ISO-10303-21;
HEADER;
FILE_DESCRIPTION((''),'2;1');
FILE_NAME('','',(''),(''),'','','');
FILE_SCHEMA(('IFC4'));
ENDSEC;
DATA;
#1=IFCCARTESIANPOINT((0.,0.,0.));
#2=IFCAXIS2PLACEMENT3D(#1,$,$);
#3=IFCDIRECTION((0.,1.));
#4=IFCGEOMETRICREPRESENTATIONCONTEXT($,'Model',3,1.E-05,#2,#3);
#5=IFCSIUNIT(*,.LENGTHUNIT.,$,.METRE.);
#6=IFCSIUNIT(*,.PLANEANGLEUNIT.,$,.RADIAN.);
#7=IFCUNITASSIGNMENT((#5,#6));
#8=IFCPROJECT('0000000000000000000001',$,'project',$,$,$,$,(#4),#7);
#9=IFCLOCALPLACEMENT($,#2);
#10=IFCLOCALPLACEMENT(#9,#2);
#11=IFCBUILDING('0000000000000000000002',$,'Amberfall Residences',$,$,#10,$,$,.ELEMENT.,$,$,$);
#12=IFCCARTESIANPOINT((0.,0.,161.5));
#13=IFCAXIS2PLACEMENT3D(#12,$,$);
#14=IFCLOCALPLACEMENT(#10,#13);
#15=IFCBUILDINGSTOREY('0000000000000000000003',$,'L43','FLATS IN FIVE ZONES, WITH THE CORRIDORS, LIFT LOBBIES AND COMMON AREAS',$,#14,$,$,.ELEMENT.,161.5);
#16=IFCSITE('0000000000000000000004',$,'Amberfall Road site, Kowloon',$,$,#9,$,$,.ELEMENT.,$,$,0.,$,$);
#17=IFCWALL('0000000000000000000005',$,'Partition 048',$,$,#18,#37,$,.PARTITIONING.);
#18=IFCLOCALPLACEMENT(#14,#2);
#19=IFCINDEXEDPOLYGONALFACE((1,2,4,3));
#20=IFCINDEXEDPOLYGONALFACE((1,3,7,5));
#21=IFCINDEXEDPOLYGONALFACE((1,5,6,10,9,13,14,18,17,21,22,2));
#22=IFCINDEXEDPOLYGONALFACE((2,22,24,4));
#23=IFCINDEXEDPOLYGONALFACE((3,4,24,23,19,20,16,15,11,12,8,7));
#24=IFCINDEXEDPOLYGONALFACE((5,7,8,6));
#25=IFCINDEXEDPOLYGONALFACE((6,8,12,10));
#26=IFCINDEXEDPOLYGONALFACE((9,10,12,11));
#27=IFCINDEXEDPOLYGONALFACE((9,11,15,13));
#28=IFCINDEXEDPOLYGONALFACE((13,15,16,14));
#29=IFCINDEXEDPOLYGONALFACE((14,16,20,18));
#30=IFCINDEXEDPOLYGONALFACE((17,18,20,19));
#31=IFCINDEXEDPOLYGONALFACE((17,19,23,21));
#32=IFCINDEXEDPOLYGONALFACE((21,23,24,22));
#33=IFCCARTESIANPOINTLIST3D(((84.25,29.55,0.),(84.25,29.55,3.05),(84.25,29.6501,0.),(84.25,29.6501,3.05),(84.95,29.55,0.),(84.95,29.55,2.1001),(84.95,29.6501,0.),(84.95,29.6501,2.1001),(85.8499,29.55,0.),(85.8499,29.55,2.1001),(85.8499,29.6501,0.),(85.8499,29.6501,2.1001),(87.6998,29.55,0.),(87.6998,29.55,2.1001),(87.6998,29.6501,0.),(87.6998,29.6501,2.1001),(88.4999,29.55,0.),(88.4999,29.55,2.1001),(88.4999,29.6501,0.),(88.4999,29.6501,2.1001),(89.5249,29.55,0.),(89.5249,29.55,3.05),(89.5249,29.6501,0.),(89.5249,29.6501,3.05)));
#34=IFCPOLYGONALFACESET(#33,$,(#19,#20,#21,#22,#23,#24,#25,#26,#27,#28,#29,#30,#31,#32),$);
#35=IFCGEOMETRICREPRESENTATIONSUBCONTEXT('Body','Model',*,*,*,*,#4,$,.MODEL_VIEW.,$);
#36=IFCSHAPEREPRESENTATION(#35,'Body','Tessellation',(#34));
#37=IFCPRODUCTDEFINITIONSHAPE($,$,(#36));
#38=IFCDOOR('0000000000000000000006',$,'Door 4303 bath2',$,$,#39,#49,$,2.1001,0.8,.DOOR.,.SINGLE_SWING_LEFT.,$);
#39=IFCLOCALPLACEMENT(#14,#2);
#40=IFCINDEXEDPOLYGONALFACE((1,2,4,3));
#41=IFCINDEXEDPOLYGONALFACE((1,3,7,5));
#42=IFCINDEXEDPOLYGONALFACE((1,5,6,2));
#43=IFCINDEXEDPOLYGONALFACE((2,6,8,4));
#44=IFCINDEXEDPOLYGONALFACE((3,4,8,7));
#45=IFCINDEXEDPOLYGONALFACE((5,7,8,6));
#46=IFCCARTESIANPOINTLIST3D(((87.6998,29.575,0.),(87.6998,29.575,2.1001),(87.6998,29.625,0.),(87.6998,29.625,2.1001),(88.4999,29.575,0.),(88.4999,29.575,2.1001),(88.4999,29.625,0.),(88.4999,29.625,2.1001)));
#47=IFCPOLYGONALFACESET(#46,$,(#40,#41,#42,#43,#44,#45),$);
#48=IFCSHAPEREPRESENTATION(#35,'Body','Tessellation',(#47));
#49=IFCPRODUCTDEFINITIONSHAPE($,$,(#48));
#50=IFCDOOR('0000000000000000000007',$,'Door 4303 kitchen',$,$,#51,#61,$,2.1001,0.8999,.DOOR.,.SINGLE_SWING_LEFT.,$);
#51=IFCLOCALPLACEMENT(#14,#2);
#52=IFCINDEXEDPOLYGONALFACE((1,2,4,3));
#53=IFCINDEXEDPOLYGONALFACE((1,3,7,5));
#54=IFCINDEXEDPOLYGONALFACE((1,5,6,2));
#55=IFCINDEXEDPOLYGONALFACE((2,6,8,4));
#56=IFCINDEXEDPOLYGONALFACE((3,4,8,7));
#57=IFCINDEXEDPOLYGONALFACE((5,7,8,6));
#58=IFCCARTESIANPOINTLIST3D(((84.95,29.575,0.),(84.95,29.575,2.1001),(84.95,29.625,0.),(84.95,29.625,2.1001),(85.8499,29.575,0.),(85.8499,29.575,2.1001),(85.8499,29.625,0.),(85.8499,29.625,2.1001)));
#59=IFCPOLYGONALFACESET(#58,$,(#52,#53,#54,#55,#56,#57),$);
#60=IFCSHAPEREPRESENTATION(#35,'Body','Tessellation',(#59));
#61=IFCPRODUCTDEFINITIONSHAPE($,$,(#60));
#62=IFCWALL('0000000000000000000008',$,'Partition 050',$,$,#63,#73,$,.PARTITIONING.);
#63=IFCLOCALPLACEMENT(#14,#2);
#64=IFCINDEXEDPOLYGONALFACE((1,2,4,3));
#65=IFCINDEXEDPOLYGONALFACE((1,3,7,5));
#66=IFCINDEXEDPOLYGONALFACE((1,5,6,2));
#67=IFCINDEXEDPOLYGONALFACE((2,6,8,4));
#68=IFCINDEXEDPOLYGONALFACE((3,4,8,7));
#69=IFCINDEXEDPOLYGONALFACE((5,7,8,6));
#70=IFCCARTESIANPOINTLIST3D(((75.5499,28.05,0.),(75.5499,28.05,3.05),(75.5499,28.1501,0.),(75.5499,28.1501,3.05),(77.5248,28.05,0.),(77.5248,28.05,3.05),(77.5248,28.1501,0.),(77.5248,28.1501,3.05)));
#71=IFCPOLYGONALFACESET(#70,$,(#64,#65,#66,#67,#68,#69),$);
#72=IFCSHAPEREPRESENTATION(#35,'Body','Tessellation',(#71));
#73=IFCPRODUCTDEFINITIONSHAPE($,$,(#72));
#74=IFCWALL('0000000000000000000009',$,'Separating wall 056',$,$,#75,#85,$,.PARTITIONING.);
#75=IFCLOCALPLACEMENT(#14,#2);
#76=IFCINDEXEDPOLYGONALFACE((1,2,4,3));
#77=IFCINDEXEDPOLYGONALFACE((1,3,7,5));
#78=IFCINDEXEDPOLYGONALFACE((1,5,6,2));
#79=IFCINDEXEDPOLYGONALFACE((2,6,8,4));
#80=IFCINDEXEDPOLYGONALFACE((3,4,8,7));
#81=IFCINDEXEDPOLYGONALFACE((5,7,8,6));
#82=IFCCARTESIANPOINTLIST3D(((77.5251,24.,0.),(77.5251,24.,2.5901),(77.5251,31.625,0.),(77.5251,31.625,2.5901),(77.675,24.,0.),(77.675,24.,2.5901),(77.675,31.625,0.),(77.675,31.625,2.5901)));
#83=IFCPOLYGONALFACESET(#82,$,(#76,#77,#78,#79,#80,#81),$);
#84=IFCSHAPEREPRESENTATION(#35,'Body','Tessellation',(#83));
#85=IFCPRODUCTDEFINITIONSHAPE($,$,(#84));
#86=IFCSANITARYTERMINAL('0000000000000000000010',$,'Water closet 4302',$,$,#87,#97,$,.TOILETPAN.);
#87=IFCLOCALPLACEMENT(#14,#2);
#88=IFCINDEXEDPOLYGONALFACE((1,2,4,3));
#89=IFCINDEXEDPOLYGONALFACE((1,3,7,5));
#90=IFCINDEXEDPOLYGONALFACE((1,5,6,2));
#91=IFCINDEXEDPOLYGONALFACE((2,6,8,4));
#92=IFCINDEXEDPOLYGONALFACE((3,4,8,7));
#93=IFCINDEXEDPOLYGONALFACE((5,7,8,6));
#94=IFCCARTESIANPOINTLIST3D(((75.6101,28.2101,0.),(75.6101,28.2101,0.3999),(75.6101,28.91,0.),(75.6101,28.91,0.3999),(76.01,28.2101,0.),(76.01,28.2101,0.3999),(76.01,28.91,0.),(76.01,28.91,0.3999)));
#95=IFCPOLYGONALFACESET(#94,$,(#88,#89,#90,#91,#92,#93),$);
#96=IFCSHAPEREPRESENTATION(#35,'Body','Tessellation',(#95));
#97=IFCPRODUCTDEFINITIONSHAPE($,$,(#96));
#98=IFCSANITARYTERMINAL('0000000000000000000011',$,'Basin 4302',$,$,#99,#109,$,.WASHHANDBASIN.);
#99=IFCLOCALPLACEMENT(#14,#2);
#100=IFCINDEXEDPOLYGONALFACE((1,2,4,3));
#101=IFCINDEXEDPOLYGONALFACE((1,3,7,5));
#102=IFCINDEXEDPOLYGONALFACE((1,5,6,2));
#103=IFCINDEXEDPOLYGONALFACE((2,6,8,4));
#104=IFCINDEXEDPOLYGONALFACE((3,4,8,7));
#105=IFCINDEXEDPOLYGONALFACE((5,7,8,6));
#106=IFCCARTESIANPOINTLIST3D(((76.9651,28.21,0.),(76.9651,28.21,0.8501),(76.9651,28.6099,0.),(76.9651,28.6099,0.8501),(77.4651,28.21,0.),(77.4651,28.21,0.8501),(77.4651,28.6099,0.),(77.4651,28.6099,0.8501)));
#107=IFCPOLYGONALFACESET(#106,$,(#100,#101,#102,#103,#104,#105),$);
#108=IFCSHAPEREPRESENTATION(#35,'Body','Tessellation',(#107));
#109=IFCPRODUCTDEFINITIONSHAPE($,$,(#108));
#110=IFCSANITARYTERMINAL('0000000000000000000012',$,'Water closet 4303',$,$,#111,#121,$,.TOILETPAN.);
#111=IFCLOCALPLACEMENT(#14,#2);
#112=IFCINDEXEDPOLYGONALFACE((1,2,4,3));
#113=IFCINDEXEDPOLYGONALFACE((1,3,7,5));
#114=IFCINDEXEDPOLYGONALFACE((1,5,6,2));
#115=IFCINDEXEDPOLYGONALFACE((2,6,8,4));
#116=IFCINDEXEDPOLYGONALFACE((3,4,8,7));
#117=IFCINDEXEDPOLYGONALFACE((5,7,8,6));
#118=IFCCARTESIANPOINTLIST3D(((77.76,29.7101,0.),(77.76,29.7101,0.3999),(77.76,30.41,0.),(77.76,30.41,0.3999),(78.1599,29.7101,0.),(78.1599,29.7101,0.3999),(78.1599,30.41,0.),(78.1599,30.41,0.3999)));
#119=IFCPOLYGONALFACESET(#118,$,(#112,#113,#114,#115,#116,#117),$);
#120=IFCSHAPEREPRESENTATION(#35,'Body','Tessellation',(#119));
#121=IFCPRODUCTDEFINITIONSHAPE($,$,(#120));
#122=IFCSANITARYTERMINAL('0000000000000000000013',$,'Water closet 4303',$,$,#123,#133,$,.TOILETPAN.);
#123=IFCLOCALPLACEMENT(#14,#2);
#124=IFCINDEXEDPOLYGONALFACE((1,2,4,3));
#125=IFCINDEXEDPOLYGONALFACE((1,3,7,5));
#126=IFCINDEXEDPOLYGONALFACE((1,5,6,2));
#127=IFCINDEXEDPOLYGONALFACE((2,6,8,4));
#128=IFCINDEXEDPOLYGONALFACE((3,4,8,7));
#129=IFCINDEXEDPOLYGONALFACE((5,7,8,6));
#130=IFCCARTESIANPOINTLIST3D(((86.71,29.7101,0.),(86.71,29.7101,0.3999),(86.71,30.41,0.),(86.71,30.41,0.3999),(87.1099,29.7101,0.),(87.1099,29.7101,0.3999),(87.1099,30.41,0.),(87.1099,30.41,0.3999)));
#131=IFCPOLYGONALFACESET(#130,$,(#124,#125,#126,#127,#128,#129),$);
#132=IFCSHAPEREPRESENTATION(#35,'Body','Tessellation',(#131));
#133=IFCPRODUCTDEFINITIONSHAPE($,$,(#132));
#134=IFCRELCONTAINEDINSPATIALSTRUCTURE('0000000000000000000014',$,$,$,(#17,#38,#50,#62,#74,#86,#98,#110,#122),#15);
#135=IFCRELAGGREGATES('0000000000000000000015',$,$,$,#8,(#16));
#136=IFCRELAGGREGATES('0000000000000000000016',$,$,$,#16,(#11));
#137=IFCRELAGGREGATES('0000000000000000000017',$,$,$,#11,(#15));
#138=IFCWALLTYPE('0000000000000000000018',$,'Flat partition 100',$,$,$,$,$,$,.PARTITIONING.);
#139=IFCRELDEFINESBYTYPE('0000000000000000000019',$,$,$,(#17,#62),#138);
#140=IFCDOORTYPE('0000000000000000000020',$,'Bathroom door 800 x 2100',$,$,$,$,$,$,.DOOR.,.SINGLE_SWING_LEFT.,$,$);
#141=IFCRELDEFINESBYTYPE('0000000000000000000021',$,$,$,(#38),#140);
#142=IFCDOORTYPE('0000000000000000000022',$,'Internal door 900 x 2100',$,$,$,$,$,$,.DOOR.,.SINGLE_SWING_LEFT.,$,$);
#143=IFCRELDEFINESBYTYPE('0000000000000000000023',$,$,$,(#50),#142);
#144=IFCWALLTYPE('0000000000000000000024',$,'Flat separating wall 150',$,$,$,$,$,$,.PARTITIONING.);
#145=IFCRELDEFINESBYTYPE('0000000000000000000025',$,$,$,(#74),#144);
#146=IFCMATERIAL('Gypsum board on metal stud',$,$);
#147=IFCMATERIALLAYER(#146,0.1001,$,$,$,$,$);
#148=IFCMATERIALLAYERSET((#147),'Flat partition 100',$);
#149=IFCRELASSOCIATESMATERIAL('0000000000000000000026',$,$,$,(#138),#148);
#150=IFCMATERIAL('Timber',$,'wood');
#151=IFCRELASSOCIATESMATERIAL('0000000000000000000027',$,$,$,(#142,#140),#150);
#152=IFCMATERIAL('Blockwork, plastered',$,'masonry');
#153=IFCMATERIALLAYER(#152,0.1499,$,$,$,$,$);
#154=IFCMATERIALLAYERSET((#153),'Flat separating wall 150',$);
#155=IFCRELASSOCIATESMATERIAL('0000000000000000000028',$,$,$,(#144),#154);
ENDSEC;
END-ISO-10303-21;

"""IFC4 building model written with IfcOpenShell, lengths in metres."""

from ifc_helpers import new_model, si_unit, direction, frame, frame_2d, origin, origin_2d, place, context, subcontext, project, spatial, rectangle, extrude, material, layer, layer_set, type_object, element, fill, save


model = new_model("IFC4")

# Units and contexts
model_context = context("Model", 3, precision=1e-05, world=origin(), true_north=direction((0.0, 1.0)))
body_context = subcontext(model_context, "Body", "Model", "MODEL_VIEW")
ifc_project = project(units=[si_unit("LENGTHUNIT", "METRE"), si_unit("PLANEANGLEUNIT", "RADIAN")], contexts=[model_context])

# Site, building, storey
site_placement = place(None, origin())
site = spatial("IfcSite", under=ifc_project, at=site_placement, Name="Amberfall Road site, Kowloon", CompositionType="ELEMENT", RefElevation=0.0)
building_placement = place(site_placement, origin())
building = spatial("IfcBuilding", under=site, at=building_placement, Name="Amberfall Residences", CompositionType="ELEMENT")
storey_placement = place(building_placement, frame((0.0, 0.0, 161.5)))
storey = spatial("IfcBuildingStorey", under=building, at=storey_placement, Name="L43", Description="FLATS IN FIVE ZONES, WITH THE CORRIDORS, LIFT LOBBIES AND COMMON AREAS", CompositionType="ELEMENT", Elevation=161.5)

# Shared definitions
ifc_material_1 = material(Name="Gypsum board on metal stud")
ifc_layer_1 = layer(ifc_material_1, 0.1001)
ifc_layer_set_1 = layer_set([ifc_layer_1], Name="Flat partition 100")
wall_type_1 = type_object("IfcWallType", Name="Flat partition 100", PredefinedType="PARTITIONING", material=ifc_layer_set_1)
ifc_material_2 = material(Name="Timber", Category="wood")
door_type_1 = type_object("IfcDoorType", Name="Internal door 900 x 2100", OperationType="SINGLE_SWING_LEFT", PredefinedType="DOOR", material=ifc_material_2)

# Shared definitions
door_type_2 = type_object("IfcDoorType", Name="Bathroom door 800 x 2100", OperationType="SINGLE_SWING_LEFT", PredefinedType="DOOR", material=ifc_material_2)

# Wall, openings, doors
wall_1_placement = place(storey_placement, frame((84.25, 29.6001, 0.0), z_axis=(0.0, 0.0, 1.0), x_axis=(1.0, 0.0, 0.0)))
wall_1 = element("IfcWall", 1, at=wall_1_placement, inside=storey, type_object=wall_type_1, Name="Partition 048", PredefinedType="PARTITIONING", context=body_context, shape_type="SweptSolid", body=[
    extrude(rectangle(XDim=5.2749, YDim=0.1001, at=frame_2d((2.6375, 0.0))), origin(), (0.0, 0.0, 1.0), 3.05),
])
opening_1_placement = place(wall_1_placement, frame((0.7, 0.0, 0.0)))
opening_1 = element("IfcOpeningElement", 2, at=opening_1_placement, cuts=wall_1, PredefinedType="OPENING", context=body_context, shape_type="SweptSolid", body=[
    extrude(rectangle(XDim=0.8999, YDim=2.1001, at=frame_2d((0.45, 1.05))), frame((0.0, 0.0601, 0.0), z_axis=(0.0, -1.0, 0.0), x_axis=(1.0, 0.0, 0.0)), (0.0, 0.0, 1.0), 0.1201),
])
opening_2_placement = place(wall_1_placement, frame((3.45, 0.0, 0.0)))
opening_2 = element("IfcOpeningElement", 3, at=opening_2_placement, cuts=wall_1, PredefinedType="OPENING", context=body_context, shape_type="SweptSolid", body=[
    extrude(rectangle(XDim=0.8, YDim=2.1001, at=frame_2d((0.3999, 1.05))), frame((0.0, 0.0601, 0.0), z_axis=(0.0, -1.0, 0.0), x_axis=(1.0, 0.0, 0.0)), (0.0, 0.0, 1.0), 0.1201),
])
door_1_placement = place(opening_2_placement, origin())
door_1 = element("IfcDoor", 4, at=door_1_placement, inside=storey, type_object=door_type_2, Name="Door 4303 bath2", OperationType="SINGLE_SWING_LEFT", OverallHeight=2.1001, OverallWidth=0.8, PredefinedType="DOOR", context=body_context, shape_type="SweptSolid", body=[
    extrude(rectangle(XDim=0.8, YDim=2.1001, at=frame_2d((0.3999, 1.05))), frame((0.0, 0.0249, 0.0), z_axis=(0.0, -1.0, 0.0), x_axis=(1.0, 0.0, 0.0)), (0.0, 0.0, 1.0), 0.05),
])
fill(opening_2, door_1)
door_2_placement = place(opening_1_placement, origin())
door_2 = element("IfcDoor", 5, at=door_2_placement, inside=storey, type_object=door_type_1, Name="Door 4303 kitchen", OperationType="SINGLE_SWING_LEFT", OverallHeight=2.1001, OverallWidth=0.8999, PredefinedType="DOOR", context=body_context, shape_type="SweptSolid", body=[
    extrude(rectangle(XDim=0.8999, YDim=2.1001, at=frame_2d((0.45, 1.05))), frame((0.0, 0.0249, 0.0), z_axis=(0.0, -1.0, 0.0), x_axis=(1.0, 0.0, 0.0)), (0.0, 0.0, 1.0), 0.05),
])
fill(opening_1, door_2)

# Walls
wall_2_placement = place(storey_placement, frame((75.55, 28.1001, 0.0), z_axis=(0.0, 0.0, 1.0), x_axis=(1.0, 0.0, 0.0)))
element("IfcWall", 6, at=wall_2_placement, inside=storey, type_object=wall_type_1, Name="Partition 050", PredefinedType="PARTITIONING", context=body_context, shape_type="SweptSolid", body=[
    extrude(rectangle(XDim=1.9749, YDim=0.1001, at=frame_2d((0.9873, 0.0))), origin(), (0.0, 0.0, 1.0), 3.05),
])
ifc_material_3 = material(Name="Blockwork, plastered", Category="masonry")
ifc_layer_2 = layer(ifc_material_3, 0.1499)
ifc_layer_set_2 = layer_set([ifc_layer_2], Name="Flat separating wall 150")
wall_type_2 = type_object("IfcWallType", Name="Flat separating wall 150", PredefinedType="PARTITIONING", material=ifc_layer_set_2)
wall_3_placement = place(storey_placement, frame((77.6001, 24.0, 0.0), z_axis=(0.0, 0.0, 1.0), x_axis=(0.0, 1.0, 0.0)))
element("IfcWall", 7, at=wall_3_placement, inside=storey, type_object=wall_type_2, Name="Separating wall 056", PredefinedType="PARTITIONING", context=body_context, shape_type="SweptSolid", body=[
    extrude(rectangle(XDim=7.625, YDim=0.1499, at=frame_2d((3.8125, 0.0))), origin(), (0.0, 0.0, 1.0), 2.5901),
])

# Sanitary terminals
sanitary_terminal_1_placement = place(storey_placement, frame((75.8101, 28.5601, 0.0), z_axis=(0.0, 0.0, 1.0), x_axis=(1.0, 0.0, 0.0)))
element("IfcSanitaryTerminal", 8, at=sanitary_terminal_1_placement, inside=storey, Name="Water closet 4302", PredefinedType="TOILETPAN", context=body_context, shape_type="SweptSolid", body=[
    extrude(rectangle(XDim=0.3999, YDim=0.7, at=origin_2d()), origin(), (0.0, 0.0, 1.0), 0.3999),
])
sanitary_terminal_2_placement = place(storey_placement, frame((77.2151, 28.4099, 0.0), z_axis=(0.0, 0.0, 1.0), x_axis=(1.0, 0.0, 0.0)))
element("IfcSanitaryTerminal", 9, at=sanitary_terminal_2_placement, inside=storey, Name="Basin 4302", PredefinedType="WASHHANDBASIN", context=body_context, shape_type="SweptSolid", body=[
    extrude(rectangle(XDim=0.5, YDim=0.3999, at=origin_2d()), origin(), (0.0, 0.0, 1.0), 0.8501),
])
for number, where, z_axis, x_axis, name in (
    (10, (77.96, 30.0601, 0.0), (0.0, 0.0, 1.0), (1.0, 0.0, 0.0), "Water closet 4303"),
    (11, (86.9099, 30.0601, 0.0), (0.0, 0.0, 1.0), (1.0, 0.0, 0.0), "Water closet 4303"),
):
    element("IfcSanitaryTerminal", number, at=place(storey_placement, frame(where, z_axis=z_axis, x_axis=x_axis)), inside=storey, Name=name, PredefinedType="TOILETPAN", context=body_context, shape_type="SweptSolid", body=[
        extrude(rectangle(XDim=0.3999, YDim=0.7, at=origin_2d()), origin(), (0.0, 0.0, 1.0), 0.3999),
    ])

save(model, "model.ifc")
